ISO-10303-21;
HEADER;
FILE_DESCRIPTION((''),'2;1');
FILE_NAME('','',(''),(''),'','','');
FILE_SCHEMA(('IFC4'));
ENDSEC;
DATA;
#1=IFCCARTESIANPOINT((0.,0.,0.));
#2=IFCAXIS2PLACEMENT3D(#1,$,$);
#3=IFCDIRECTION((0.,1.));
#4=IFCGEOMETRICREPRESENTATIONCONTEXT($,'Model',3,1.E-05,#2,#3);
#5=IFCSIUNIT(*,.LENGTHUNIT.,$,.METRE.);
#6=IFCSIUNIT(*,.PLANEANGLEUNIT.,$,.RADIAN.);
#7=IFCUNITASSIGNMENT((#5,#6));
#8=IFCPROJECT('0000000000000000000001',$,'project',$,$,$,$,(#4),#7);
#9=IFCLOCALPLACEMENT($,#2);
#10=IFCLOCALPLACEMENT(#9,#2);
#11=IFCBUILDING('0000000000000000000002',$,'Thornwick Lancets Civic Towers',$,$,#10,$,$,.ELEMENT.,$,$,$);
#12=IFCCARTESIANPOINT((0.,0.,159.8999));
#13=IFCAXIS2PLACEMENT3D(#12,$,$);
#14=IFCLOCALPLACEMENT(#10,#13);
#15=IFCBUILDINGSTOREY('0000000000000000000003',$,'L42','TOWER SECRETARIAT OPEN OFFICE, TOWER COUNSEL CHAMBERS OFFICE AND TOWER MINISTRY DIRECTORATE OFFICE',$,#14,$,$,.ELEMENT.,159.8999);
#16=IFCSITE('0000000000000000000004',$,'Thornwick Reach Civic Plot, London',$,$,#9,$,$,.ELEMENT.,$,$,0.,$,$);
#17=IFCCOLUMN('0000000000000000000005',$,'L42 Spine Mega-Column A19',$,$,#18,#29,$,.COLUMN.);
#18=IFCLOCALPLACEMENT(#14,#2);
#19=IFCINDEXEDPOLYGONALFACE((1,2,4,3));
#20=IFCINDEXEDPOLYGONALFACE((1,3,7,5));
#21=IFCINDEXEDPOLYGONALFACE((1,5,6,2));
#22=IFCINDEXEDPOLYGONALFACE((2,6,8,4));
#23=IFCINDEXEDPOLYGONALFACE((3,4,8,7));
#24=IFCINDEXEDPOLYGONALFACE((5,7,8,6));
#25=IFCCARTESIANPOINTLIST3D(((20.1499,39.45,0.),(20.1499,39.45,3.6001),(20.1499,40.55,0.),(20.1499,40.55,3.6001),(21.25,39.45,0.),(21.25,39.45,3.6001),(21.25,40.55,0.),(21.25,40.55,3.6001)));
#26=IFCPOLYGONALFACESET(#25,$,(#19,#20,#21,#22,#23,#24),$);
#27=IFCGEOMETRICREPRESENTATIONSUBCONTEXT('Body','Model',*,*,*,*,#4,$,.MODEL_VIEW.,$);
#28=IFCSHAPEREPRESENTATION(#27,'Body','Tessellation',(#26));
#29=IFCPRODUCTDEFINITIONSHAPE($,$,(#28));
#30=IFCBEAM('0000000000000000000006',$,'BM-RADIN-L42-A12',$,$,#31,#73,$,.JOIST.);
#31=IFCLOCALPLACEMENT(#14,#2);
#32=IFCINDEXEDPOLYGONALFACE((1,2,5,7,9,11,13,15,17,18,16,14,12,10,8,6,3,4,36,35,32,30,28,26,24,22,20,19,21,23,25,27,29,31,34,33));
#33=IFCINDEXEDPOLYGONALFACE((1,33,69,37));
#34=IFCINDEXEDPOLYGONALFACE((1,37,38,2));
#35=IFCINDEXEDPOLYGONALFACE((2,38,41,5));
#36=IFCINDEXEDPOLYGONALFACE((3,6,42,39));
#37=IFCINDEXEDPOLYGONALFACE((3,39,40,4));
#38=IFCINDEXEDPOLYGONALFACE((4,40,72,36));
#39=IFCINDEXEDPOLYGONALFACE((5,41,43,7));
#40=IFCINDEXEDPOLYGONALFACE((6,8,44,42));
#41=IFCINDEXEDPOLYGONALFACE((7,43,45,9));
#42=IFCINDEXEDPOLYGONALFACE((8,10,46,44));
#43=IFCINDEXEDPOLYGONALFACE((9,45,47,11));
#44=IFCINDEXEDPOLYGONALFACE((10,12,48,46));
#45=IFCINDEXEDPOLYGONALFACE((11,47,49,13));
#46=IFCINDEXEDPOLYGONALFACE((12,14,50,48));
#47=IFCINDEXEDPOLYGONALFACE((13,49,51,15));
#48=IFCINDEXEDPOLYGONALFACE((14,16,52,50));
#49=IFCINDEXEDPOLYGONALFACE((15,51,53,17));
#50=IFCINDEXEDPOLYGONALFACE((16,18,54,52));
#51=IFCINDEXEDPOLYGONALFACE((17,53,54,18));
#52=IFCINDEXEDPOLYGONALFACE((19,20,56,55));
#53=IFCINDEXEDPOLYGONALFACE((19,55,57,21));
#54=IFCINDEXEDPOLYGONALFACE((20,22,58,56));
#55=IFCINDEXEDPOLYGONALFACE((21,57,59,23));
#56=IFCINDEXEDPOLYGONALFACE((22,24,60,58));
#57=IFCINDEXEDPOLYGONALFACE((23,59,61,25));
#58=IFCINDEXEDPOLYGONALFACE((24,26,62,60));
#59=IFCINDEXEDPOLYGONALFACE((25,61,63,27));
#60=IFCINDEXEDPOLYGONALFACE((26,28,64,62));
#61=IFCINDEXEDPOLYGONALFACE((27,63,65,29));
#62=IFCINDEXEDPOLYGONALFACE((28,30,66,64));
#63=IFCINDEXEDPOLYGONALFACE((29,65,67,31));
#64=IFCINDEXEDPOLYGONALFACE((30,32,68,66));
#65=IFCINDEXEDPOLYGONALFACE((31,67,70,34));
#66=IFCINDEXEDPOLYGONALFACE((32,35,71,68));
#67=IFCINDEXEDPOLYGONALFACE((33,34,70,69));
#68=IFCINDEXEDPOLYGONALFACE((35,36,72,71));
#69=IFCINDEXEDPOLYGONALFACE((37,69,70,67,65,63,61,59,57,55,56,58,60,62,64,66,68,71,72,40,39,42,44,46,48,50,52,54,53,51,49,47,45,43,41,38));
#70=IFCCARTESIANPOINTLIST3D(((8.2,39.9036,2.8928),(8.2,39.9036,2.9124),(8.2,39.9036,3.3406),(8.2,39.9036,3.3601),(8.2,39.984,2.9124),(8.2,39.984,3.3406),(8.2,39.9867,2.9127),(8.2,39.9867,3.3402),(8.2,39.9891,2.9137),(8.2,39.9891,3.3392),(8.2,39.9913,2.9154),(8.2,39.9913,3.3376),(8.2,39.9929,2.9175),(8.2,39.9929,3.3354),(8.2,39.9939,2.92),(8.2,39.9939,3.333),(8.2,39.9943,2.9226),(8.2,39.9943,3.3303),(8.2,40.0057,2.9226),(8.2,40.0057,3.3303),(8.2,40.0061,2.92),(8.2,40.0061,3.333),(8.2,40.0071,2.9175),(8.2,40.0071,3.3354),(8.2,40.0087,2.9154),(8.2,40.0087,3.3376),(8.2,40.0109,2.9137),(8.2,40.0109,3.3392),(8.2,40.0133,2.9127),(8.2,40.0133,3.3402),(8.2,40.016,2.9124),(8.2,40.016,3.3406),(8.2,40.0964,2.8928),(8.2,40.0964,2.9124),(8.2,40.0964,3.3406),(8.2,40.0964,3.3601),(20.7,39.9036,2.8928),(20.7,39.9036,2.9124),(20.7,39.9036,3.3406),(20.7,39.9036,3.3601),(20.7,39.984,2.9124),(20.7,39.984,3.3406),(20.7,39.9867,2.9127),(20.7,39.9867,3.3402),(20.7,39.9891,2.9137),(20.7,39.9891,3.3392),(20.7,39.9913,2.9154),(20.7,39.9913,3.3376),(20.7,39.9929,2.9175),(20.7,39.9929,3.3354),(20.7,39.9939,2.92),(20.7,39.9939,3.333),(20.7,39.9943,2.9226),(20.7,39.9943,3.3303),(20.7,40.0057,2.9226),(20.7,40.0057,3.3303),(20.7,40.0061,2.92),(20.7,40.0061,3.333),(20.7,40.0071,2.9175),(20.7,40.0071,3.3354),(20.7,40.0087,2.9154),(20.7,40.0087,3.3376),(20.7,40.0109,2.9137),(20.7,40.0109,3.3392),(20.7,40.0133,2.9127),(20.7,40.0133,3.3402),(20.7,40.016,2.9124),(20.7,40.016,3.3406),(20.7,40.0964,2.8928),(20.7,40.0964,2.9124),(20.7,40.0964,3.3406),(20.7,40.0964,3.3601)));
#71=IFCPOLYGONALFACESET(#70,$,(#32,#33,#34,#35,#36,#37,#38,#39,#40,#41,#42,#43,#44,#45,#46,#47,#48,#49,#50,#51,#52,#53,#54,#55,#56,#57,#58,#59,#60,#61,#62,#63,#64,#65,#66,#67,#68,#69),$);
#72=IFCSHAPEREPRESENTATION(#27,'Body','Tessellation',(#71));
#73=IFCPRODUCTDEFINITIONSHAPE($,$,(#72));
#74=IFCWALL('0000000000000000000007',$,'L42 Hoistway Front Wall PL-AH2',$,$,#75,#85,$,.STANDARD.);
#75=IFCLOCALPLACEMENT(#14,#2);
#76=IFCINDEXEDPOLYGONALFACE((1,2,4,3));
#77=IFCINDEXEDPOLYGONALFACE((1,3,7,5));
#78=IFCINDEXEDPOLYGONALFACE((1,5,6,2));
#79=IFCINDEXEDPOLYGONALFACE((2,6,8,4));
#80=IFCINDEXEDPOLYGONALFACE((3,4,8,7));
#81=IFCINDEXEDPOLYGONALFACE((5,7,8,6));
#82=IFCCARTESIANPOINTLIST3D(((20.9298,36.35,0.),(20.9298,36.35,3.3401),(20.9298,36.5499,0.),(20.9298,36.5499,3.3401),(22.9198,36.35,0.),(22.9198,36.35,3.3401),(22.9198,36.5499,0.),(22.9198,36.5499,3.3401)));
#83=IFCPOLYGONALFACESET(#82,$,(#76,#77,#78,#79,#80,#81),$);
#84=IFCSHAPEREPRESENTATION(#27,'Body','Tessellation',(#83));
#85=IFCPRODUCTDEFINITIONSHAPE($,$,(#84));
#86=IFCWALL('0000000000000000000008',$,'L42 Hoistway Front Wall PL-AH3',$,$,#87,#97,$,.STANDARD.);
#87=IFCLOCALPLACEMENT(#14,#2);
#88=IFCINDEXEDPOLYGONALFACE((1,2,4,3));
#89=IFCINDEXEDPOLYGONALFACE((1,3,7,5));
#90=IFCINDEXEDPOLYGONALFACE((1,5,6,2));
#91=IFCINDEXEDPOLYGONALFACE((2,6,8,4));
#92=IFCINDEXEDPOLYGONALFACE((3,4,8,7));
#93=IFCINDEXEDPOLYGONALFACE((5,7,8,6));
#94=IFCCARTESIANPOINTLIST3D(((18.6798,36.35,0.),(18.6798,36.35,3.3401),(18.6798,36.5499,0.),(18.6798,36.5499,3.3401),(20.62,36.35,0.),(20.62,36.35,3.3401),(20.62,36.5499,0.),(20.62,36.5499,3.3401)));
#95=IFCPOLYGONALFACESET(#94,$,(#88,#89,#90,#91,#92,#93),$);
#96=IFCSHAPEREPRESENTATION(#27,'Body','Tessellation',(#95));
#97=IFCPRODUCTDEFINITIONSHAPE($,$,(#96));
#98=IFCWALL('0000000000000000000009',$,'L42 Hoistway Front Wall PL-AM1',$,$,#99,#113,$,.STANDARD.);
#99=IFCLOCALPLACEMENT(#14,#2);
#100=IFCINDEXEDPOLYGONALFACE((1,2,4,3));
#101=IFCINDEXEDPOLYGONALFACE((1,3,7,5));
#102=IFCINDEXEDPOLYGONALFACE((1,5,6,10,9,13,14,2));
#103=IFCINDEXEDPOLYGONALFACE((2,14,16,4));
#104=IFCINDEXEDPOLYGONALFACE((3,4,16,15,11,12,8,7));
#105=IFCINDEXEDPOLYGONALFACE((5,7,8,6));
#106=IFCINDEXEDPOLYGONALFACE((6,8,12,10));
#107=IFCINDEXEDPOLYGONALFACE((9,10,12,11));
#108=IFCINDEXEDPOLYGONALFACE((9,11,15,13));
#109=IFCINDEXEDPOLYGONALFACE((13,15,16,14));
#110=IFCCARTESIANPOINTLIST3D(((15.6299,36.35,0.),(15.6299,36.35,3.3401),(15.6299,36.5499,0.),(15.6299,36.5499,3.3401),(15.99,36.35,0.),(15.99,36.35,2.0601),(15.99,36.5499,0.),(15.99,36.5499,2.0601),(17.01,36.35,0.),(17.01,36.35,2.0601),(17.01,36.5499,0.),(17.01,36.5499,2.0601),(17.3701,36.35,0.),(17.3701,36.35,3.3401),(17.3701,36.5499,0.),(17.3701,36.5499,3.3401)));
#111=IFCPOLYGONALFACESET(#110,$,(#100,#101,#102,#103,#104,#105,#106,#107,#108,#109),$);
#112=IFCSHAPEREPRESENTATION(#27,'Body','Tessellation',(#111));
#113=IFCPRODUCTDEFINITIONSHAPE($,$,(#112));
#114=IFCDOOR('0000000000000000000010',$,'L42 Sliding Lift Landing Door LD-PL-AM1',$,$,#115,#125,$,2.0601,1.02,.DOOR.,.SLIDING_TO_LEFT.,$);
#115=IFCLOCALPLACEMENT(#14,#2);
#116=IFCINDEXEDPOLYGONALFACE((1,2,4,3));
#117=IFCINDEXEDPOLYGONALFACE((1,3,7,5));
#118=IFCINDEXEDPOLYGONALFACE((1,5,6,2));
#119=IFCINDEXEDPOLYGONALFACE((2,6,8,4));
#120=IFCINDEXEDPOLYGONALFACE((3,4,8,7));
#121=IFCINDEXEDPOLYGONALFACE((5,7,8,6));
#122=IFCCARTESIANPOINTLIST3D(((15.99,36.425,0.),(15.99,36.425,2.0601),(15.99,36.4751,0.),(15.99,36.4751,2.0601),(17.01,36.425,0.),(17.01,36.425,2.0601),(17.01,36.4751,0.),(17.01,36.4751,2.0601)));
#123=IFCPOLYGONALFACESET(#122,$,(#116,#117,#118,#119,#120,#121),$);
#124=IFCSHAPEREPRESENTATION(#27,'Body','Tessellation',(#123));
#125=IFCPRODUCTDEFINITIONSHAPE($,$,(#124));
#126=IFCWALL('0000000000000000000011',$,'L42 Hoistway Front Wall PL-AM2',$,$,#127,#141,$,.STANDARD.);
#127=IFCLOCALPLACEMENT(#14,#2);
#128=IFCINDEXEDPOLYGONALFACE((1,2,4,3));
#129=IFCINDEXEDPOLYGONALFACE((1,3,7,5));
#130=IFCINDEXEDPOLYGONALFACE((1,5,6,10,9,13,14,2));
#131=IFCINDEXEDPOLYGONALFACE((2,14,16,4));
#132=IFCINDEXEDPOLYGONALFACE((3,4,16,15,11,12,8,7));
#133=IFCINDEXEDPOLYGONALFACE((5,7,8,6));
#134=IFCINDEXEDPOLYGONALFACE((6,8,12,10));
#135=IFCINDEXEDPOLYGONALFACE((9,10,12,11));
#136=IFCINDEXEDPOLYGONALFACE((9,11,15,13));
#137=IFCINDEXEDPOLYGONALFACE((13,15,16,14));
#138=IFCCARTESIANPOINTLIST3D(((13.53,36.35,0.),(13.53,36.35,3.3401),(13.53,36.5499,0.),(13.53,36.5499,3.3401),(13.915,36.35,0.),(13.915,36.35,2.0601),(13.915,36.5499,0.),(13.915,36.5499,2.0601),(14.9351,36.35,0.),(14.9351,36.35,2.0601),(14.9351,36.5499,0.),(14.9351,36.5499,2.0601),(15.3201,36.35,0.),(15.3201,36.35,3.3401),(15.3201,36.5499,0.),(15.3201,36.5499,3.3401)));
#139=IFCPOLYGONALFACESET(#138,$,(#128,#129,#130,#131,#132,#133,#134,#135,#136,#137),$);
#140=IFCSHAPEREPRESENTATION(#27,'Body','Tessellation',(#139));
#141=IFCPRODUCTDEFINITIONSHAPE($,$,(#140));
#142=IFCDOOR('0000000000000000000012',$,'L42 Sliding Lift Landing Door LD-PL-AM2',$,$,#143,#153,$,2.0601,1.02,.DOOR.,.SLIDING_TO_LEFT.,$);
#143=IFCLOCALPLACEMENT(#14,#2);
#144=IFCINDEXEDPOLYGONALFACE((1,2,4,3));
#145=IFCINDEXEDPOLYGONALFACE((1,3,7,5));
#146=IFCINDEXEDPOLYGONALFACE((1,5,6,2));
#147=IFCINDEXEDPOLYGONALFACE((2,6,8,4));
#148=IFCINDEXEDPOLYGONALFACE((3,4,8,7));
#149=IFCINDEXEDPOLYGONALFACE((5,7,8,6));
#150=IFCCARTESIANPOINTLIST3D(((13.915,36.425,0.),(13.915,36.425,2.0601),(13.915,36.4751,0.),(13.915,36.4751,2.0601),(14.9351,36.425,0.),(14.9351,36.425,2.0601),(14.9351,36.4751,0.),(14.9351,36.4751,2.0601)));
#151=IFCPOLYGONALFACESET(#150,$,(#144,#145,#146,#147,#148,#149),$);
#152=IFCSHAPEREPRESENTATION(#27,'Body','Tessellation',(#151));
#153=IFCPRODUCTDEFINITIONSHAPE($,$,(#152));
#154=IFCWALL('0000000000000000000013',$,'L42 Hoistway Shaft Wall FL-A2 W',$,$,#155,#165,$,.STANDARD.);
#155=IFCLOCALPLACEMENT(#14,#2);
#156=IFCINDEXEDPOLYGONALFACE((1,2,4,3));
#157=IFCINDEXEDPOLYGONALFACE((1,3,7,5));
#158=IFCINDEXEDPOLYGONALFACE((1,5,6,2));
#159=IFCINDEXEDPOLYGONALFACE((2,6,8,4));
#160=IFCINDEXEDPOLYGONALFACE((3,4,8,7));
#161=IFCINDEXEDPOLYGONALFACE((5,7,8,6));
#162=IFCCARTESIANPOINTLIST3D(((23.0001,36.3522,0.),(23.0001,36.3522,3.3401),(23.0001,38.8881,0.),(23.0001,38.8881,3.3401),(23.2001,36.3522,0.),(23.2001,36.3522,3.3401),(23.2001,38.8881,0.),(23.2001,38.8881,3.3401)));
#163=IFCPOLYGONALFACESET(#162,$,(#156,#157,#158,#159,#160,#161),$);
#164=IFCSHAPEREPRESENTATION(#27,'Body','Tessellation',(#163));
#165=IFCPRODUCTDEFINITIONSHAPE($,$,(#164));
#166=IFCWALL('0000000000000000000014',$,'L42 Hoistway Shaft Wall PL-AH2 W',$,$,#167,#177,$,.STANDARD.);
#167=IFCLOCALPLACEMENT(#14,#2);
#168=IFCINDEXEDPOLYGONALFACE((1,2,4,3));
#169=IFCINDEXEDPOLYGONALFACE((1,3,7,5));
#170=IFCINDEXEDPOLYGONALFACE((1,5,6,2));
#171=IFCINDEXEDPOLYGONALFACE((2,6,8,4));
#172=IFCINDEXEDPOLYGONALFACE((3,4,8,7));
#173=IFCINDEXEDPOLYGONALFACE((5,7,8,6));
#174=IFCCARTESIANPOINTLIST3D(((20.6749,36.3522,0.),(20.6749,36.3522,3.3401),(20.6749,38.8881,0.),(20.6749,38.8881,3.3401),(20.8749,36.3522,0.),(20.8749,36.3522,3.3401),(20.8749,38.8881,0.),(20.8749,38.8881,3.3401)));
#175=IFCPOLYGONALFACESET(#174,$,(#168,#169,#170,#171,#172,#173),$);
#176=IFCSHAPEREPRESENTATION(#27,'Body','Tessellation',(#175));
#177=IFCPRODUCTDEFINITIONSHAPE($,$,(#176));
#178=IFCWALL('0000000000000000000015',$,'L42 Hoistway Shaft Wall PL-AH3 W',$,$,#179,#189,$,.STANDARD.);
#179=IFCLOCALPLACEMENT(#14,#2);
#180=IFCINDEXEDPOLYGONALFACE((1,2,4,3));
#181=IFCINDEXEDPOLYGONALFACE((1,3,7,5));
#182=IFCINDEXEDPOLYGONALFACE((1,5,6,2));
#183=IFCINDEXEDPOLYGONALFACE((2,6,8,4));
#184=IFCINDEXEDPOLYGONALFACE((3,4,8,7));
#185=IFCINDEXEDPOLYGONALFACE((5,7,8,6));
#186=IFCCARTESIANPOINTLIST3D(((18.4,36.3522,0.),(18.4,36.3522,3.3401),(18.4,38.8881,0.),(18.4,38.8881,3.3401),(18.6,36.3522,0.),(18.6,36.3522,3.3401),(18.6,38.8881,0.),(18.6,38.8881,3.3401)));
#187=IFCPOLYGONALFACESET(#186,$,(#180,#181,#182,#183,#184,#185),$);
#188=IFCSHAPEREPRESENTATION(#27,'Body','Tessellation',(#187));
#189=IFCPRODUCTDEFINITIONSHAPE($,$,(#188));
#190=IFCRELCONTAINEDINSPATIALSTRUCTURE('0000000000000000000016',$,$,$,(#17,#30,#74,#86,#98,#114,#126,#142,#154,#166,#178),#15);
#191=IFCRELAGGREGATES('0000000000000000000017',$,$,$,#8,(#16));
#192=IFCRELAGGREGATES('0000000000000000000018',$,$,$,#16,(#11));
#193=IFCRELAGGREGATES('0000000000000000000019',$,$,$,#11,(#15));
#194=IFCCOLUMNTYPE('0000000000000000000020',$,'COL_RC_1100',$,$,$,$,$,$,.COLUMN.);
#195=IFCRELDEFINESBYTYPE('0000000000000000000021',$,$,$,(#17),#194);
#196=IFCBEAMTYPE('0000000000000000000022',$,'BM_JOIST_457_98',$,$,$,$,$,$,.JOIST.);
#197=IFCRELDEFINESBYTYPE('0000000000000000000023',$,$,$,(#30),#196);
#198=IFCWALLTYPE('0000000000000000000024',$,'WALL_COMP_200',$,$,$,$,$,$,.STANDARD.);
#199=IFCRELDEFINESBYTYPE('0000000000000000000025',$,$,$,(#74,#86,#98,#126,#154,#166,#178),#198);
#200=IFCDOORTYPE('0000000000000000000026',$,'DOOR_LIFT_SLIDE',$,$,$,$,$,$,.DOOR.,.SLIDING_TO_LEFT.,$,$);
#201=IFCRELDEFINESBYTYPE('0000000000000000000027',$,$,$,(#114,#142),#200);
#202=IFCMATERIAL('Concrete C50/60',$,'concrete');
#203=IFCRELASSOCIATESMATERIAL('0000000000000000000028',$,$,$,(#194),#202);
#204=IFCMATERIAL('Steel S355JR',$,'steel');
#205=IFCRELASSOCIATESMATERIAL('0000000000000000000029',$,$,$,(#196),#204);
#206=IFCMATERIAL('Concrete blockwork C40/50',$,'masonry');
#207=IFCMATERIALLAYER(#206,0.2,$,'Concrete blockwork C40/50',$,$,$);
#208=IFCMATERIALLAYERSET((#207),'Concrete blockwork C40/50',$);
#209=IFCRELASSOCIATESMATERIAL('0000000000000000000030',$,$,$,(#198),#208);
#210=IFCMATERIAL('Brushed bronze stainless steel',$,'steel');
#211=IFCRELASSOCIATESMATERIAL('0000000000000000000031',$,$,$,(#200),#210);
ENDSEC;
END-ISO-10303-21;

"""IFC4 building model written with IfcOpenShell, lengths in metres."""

from ifc_helpers import new_model, si_unit, direction, frame, frame_2d, origin, origin_2d, place, context, subcontext, project, spatial, rectangle, i_section, extrude, material, layer, layer_set, material_profile, profile_set, type_object, element, fill, save


model = new_model("IFC4")

# Units and contexts
model_context = context("Model", 3, precision=1e-05, world=origin(), true_north=direction((0.0, 1.0)))
body_context = subcontext(model_context, "Body", "Model", "MODEL_VIEW")
ifc_project = project(units=[si_unit("LENGTHUNIT", "METRE"), si_unit("PLANEANGLEUNIT", "RADIAN")], contexts=[model_context])

# Site, building, storey
site_placement = place(None, origin())
site = spatial("IfcSite", under=ifc_project, at=site_placement, Name="Thornwick Reach Civic Plot, London", CompositionType="ELEMENT", RefElevation=0.0)
building_placement = place(site_placement, origin())
building = spatial("IfcBuilding", under=site, at=building_placement, Name="Thornwick Lancets Civic Towers", CompositionType="ELEMENT")
storey_placement = place(building_placement, frame((0.0, 0.0, 159.8999)))
storey = spatial("IfcBuildingStorey", under=building, at=storey_placement, Name="L42", Description="TOWER SECRETARIAT OPEN OFFICE, TOWER COUNSEL CHAMBERS OFFICE AND TOWER MINISTRY DIRECTORATE OFFICE", CompositionType="ELEMENT", Elevation=159.8999)

# Column
ifc_material_1 = material(Name="Concrete C50/60", Category="concrete")
ifc_material_profile_1 = material_profile(ifc_material_1, rectangle(XDim=1.1001, YDim=1.1001, at=origin_2d()), Name="RC 1100x1100")
ifc_profile_set_1 = profile_set([ifc_material_profile_1], Name="Concrete C50/60")
column_type = type_object("IfcColumnType", Name="COL_RC_1100", PredefinedType="COLUMN", material=ifc_profile_set_1)
column_placement = place(storey_placement, frame((20.7, 40.0, 0.0), z_axis=(0.0, 0.0, 1.0), x_axis=(1.0, 0.0, 0.0)))
element("IfcColumn", 1, at=column_placement, inside=storey, type_object=column_type, Name="L42 Spine Mega-Column A19", PredefinedType="COLUMN", context=body_context, shape_type="SweptSolid", body=[
    extrude(rectangle(XDim=1.1001, YDim=1.1001, at=origin_2d()), origin(), (0.0, 0.0, 1.0), 3.6001),
])

# Beam
ifc_material_2 = material(Name="Steel S355JR", Category="steel")
ifc_material_profile_2 = material_profile(ifc_material_2, i_section(OverallWidth=0.1929, OverallDepth=0.4673, WebThickness=0.0115, FlangeThickness=0.0195, FilletRadius=0.0103, at=origin_2d()), Name="UKB 457x191x98")
ifc_profile_set_2 = profile_set([ifc_material_profile_2], Name="Steel S355JR")
beam_type = type_object("IfcBeamType", Name="BM_JOIST_457_98", PredefinedType="JOIST", material=ifc_profile_set_2)
beam_placement = place(storey_placement, frame((20.7, 40.0, 3.1265), z_axis=(-1.0, 0.0, 0.0), x_axis=(0.0, -1.0, 0.0)))
element("IfcBeam", 2, at=beam_placement, inside=storey, type_object=beam_type, Name="BM-RADIN-L42-A12", PredefinedType="JOIST", context=body_context, shape_type="SweptSolid", body=[
    extrude(i_section(OverallWidth=0.1929, OverallDepth=0.4673, WebThickness=0.0115, FlangeThickness=0.0195, FilletRadius=0.0103, at=origin_2d()), origin(), (0.0, 0.0, 1.0), 12.5),
])

# Walls
ifc_material_3 = material(Name="Concrete blockwork C40/50", Category="masonry")
ifc_layer_1 = layer(ifc_material_3, 0.2, Name="Concrete blockwork C40/50")
ifc_layer_set_1 = layer_set([ifc_layer_1], Name="Concrete blockwork C40/50")
wall_type_1 = type_object("IfcWallType", Name="WALL_COMP_200", PredefinedType="STANDARD", material=ifc_layer_set_1)
wall_1_placement = place(storey_placement, frame((22.9199, 36.45, 0.0), z_axis=(0.0, 0.0, 1.0), x_axis=(-1.0, 0.0, 0.0)))
element("IfcWall", 3, at=wall_1_placement, inside=storey, type_object=wall_type_1, Name="L42 Hoistway Front Wall PL-AH2", PredefinedType="STANDARD", context=body_context, shape_type="SweptSolid", body=[
    extrude(rectangle(XDim=1.99, YDim=0.2, at=frame_2d((0.9951, 0.0))), origin(), (0.0, 0.0, 1.0), 3.3401),
])
wall_2_placement = place(storey_placement, frame((20.6201, 36.45, 0.0), z_axis=(0.0, 0.0, 1.0), x_axis=(-1.0, 0.0, 0.0)))
element("IfcWall", 4, at=wall_2_placement, inside=storey, type_object=wall_type_1, Name="L42 Hoistway Front Wall PL-AH3", PredefinedType="STANDARD", context=body_context, shape_type="SweptSolid", body=[
    extrude(rectangle(XDim=1.9402, YDim=0.2, at=frame_2d((0.9702, 0.0))), origin(), (0.0, 0.0, 1.0), 3.3401),
])

# Walls, openings, doors
wall_3_placement = place(storey_placement, frame((17.3701, 36.45, 0.0), z_axis=(0.0, 0.0, 1.0), x_axis=(-1.0, 0.0, 0.0)))
wall_3 = element("IfcWall", 5, at=wall_3_placement, inside=storey, type_object=wall_type_1, Name="L42 Hoistway Front Wall PL-AM1", PredefinedType="STANDARD", context=body_context, shape_type="SweptSolid", body=[
    extrude(rectangle(XDim=1.7402, YDim=0.2, at=frame_2d((0.8701, 0.0))), origin(), (0.0, 0.0, 1.0), 3.3401),
])
opening_1_placement = place(wall_3_placement, frame((0.3601, 0.0, 0.0)))
opening_1 = element("IfcOpeningElement", 6, at=opening_1_placement, cuts=wall_3, PredefinedType="OPENING", context=body_context, shape_type="SweptSolid", body=[
    extrude(rectangle(XDim=1.02, YDim=2.0601, at=frame_2d((0.51, 1.03))), frame((0.0, 0.1099, 0.0), z_axis=(0.0, -1.0, 0.0), x_axis=(1.0, 0.0, 0.0)), (0.0, 0.0, 1.0), 0.22),
])
ifc_material_4 = material(Name="Brushed bronze stainless steel", Category="steel")
door_type = type_object("IfcDoorType", Name="DOOR_LIFT_SLIDE", OperationType="SLIDING_TO_LEFT", PredefinedType="DOOR", material=ifc_material_4)
door_1_placement = place(opening_1_placement, origin())
door_1 = element("IfcDoor", 7, at=door_1_placement, inside=storey, type_object=door_type, Name="L42 Sliding Lift Landing Door LD-PL-AM1", OperationType="SLIDING_TO_LEFT", OverallHeight=2.0601, OverallWidth=1.02, PredefinedType="DOOR", context=body_context, shape_type="SweptSolid", body=[
    extrude(rectangle(XDim=1.02, YDim=2.0601, at=frame_2d((0.51, 1.03))), frame((0.0, 0.0249, 0.0), z_axis=(0.0, -1.0, 0.0), x_axis=(1.0, 0.0, 0.0)), (0.0, 0.0, 1.0), 0.05),
])
fill(opening_1, door_1)
wall_4_placement = place(storey_placement, frame((15.3201, 36.45, 0.0), z_axis=(0.0, 0.0, 1.0), x_axis=(-1.0, 0.0, 0.0)))
wall_4 = element("IfcWall", 8, at=wall_4_placement, inside=storey, type_object=wall_type_1, Name="L42 Hoistway Front Wall PL-AM2", PredefinedType="STANDARD", context=body_context, shape_type="SweptSolid", body=[
    extrude(rectangle(XDim=1.79, YDim=0.2, at=frame_2d((0.895, 0.0))), origin(), (0.0, 0.0, 1.0), 3.3401),
])
opening_2_placement = place(wall_4_placement, frame((0.385, 0.0, 0.0)))
opening_2 = element("IfcOpeningElement", 9, at=opening_2_placement, cuts=wall_4, PredefinedType="OPENING", context=body_context, shape_type="SweptSolid", body=[
    extrude(rectangle(XDim=1.02, YDim=2.0601, at=frame_2d((0.51, 1.03))), frame((0.0, 0.1099, 0.0), z_axis=(0.0, -1.0, 0.0), x_axis=(1.0, 0.0, 0.0)), (0.0, 0.0, 1.0), 0.22),
])
door_2_placement = place(opening_2_placement, origin())
door_2 = element("IfcDoor", 10, at=door_2_placement, inside=storey, type_object=door_type, Name="L42 Sliding Lift Landing Door LD-PL-AM2", OperationType="SLIDING_TO_LEFT", OverallHeight=2.0601, OverallWidth=1.02, PredefinedType="DOOR", context=body_context, shape_type="SweptSolid", body=[
    extrude(rectangle(XDim=1.02, YDim=2.0601, at=frame_2d((0.51, 1.03))), frame((0.0, 0.0249, 0.0), z_axis=(0.0, -1.0, 0.0), x_axis=(1.0, 0.0, 0.0)), (0.0, 0.0, 1.0), 0.05),
])
fill(opening_2, door_2)

# Walls
for number, where, z_axis, x_axis, name in (
    (11, (23.1001, 36.3521, 0.0), (0.0, 0.0, 1.0), (0.0, 1.0, 0.0), "L42 Hoistway Shaft Wall FL-A2 W"),
    (12, (20.7749, 36.3521, 0.0), (0.0, 0.0, 1.0), (0.0, 1.0, 0.0), "L42 Hoistway Shaft Wall PL-AH2 W"),
    (13, (18.5, 36.3521, 0.0), (0.0, 0.0, 1.0), (0.0, 1.0, 0.0), "L42 Hoistway Shaft Wall PL-AH3 W"),
):
    element("IfcWall", number, at=place(storey_placement, frame(where, z_axis=z_axis, x_axis=x_axis)), inside=storey, type_object=wall_type_1, Name=name, PredefinedType="STANDARD", context=body_context, shape_type="SweptSolid", body=[
        extrude(rectangle(XDim=2.5359, YDim=0.2, at=frame_2d((1.2681, 0.0))), origin(), (0.0, 0.0, 1.0), 3.3401),
    ])

save(model, "model.ifc")
